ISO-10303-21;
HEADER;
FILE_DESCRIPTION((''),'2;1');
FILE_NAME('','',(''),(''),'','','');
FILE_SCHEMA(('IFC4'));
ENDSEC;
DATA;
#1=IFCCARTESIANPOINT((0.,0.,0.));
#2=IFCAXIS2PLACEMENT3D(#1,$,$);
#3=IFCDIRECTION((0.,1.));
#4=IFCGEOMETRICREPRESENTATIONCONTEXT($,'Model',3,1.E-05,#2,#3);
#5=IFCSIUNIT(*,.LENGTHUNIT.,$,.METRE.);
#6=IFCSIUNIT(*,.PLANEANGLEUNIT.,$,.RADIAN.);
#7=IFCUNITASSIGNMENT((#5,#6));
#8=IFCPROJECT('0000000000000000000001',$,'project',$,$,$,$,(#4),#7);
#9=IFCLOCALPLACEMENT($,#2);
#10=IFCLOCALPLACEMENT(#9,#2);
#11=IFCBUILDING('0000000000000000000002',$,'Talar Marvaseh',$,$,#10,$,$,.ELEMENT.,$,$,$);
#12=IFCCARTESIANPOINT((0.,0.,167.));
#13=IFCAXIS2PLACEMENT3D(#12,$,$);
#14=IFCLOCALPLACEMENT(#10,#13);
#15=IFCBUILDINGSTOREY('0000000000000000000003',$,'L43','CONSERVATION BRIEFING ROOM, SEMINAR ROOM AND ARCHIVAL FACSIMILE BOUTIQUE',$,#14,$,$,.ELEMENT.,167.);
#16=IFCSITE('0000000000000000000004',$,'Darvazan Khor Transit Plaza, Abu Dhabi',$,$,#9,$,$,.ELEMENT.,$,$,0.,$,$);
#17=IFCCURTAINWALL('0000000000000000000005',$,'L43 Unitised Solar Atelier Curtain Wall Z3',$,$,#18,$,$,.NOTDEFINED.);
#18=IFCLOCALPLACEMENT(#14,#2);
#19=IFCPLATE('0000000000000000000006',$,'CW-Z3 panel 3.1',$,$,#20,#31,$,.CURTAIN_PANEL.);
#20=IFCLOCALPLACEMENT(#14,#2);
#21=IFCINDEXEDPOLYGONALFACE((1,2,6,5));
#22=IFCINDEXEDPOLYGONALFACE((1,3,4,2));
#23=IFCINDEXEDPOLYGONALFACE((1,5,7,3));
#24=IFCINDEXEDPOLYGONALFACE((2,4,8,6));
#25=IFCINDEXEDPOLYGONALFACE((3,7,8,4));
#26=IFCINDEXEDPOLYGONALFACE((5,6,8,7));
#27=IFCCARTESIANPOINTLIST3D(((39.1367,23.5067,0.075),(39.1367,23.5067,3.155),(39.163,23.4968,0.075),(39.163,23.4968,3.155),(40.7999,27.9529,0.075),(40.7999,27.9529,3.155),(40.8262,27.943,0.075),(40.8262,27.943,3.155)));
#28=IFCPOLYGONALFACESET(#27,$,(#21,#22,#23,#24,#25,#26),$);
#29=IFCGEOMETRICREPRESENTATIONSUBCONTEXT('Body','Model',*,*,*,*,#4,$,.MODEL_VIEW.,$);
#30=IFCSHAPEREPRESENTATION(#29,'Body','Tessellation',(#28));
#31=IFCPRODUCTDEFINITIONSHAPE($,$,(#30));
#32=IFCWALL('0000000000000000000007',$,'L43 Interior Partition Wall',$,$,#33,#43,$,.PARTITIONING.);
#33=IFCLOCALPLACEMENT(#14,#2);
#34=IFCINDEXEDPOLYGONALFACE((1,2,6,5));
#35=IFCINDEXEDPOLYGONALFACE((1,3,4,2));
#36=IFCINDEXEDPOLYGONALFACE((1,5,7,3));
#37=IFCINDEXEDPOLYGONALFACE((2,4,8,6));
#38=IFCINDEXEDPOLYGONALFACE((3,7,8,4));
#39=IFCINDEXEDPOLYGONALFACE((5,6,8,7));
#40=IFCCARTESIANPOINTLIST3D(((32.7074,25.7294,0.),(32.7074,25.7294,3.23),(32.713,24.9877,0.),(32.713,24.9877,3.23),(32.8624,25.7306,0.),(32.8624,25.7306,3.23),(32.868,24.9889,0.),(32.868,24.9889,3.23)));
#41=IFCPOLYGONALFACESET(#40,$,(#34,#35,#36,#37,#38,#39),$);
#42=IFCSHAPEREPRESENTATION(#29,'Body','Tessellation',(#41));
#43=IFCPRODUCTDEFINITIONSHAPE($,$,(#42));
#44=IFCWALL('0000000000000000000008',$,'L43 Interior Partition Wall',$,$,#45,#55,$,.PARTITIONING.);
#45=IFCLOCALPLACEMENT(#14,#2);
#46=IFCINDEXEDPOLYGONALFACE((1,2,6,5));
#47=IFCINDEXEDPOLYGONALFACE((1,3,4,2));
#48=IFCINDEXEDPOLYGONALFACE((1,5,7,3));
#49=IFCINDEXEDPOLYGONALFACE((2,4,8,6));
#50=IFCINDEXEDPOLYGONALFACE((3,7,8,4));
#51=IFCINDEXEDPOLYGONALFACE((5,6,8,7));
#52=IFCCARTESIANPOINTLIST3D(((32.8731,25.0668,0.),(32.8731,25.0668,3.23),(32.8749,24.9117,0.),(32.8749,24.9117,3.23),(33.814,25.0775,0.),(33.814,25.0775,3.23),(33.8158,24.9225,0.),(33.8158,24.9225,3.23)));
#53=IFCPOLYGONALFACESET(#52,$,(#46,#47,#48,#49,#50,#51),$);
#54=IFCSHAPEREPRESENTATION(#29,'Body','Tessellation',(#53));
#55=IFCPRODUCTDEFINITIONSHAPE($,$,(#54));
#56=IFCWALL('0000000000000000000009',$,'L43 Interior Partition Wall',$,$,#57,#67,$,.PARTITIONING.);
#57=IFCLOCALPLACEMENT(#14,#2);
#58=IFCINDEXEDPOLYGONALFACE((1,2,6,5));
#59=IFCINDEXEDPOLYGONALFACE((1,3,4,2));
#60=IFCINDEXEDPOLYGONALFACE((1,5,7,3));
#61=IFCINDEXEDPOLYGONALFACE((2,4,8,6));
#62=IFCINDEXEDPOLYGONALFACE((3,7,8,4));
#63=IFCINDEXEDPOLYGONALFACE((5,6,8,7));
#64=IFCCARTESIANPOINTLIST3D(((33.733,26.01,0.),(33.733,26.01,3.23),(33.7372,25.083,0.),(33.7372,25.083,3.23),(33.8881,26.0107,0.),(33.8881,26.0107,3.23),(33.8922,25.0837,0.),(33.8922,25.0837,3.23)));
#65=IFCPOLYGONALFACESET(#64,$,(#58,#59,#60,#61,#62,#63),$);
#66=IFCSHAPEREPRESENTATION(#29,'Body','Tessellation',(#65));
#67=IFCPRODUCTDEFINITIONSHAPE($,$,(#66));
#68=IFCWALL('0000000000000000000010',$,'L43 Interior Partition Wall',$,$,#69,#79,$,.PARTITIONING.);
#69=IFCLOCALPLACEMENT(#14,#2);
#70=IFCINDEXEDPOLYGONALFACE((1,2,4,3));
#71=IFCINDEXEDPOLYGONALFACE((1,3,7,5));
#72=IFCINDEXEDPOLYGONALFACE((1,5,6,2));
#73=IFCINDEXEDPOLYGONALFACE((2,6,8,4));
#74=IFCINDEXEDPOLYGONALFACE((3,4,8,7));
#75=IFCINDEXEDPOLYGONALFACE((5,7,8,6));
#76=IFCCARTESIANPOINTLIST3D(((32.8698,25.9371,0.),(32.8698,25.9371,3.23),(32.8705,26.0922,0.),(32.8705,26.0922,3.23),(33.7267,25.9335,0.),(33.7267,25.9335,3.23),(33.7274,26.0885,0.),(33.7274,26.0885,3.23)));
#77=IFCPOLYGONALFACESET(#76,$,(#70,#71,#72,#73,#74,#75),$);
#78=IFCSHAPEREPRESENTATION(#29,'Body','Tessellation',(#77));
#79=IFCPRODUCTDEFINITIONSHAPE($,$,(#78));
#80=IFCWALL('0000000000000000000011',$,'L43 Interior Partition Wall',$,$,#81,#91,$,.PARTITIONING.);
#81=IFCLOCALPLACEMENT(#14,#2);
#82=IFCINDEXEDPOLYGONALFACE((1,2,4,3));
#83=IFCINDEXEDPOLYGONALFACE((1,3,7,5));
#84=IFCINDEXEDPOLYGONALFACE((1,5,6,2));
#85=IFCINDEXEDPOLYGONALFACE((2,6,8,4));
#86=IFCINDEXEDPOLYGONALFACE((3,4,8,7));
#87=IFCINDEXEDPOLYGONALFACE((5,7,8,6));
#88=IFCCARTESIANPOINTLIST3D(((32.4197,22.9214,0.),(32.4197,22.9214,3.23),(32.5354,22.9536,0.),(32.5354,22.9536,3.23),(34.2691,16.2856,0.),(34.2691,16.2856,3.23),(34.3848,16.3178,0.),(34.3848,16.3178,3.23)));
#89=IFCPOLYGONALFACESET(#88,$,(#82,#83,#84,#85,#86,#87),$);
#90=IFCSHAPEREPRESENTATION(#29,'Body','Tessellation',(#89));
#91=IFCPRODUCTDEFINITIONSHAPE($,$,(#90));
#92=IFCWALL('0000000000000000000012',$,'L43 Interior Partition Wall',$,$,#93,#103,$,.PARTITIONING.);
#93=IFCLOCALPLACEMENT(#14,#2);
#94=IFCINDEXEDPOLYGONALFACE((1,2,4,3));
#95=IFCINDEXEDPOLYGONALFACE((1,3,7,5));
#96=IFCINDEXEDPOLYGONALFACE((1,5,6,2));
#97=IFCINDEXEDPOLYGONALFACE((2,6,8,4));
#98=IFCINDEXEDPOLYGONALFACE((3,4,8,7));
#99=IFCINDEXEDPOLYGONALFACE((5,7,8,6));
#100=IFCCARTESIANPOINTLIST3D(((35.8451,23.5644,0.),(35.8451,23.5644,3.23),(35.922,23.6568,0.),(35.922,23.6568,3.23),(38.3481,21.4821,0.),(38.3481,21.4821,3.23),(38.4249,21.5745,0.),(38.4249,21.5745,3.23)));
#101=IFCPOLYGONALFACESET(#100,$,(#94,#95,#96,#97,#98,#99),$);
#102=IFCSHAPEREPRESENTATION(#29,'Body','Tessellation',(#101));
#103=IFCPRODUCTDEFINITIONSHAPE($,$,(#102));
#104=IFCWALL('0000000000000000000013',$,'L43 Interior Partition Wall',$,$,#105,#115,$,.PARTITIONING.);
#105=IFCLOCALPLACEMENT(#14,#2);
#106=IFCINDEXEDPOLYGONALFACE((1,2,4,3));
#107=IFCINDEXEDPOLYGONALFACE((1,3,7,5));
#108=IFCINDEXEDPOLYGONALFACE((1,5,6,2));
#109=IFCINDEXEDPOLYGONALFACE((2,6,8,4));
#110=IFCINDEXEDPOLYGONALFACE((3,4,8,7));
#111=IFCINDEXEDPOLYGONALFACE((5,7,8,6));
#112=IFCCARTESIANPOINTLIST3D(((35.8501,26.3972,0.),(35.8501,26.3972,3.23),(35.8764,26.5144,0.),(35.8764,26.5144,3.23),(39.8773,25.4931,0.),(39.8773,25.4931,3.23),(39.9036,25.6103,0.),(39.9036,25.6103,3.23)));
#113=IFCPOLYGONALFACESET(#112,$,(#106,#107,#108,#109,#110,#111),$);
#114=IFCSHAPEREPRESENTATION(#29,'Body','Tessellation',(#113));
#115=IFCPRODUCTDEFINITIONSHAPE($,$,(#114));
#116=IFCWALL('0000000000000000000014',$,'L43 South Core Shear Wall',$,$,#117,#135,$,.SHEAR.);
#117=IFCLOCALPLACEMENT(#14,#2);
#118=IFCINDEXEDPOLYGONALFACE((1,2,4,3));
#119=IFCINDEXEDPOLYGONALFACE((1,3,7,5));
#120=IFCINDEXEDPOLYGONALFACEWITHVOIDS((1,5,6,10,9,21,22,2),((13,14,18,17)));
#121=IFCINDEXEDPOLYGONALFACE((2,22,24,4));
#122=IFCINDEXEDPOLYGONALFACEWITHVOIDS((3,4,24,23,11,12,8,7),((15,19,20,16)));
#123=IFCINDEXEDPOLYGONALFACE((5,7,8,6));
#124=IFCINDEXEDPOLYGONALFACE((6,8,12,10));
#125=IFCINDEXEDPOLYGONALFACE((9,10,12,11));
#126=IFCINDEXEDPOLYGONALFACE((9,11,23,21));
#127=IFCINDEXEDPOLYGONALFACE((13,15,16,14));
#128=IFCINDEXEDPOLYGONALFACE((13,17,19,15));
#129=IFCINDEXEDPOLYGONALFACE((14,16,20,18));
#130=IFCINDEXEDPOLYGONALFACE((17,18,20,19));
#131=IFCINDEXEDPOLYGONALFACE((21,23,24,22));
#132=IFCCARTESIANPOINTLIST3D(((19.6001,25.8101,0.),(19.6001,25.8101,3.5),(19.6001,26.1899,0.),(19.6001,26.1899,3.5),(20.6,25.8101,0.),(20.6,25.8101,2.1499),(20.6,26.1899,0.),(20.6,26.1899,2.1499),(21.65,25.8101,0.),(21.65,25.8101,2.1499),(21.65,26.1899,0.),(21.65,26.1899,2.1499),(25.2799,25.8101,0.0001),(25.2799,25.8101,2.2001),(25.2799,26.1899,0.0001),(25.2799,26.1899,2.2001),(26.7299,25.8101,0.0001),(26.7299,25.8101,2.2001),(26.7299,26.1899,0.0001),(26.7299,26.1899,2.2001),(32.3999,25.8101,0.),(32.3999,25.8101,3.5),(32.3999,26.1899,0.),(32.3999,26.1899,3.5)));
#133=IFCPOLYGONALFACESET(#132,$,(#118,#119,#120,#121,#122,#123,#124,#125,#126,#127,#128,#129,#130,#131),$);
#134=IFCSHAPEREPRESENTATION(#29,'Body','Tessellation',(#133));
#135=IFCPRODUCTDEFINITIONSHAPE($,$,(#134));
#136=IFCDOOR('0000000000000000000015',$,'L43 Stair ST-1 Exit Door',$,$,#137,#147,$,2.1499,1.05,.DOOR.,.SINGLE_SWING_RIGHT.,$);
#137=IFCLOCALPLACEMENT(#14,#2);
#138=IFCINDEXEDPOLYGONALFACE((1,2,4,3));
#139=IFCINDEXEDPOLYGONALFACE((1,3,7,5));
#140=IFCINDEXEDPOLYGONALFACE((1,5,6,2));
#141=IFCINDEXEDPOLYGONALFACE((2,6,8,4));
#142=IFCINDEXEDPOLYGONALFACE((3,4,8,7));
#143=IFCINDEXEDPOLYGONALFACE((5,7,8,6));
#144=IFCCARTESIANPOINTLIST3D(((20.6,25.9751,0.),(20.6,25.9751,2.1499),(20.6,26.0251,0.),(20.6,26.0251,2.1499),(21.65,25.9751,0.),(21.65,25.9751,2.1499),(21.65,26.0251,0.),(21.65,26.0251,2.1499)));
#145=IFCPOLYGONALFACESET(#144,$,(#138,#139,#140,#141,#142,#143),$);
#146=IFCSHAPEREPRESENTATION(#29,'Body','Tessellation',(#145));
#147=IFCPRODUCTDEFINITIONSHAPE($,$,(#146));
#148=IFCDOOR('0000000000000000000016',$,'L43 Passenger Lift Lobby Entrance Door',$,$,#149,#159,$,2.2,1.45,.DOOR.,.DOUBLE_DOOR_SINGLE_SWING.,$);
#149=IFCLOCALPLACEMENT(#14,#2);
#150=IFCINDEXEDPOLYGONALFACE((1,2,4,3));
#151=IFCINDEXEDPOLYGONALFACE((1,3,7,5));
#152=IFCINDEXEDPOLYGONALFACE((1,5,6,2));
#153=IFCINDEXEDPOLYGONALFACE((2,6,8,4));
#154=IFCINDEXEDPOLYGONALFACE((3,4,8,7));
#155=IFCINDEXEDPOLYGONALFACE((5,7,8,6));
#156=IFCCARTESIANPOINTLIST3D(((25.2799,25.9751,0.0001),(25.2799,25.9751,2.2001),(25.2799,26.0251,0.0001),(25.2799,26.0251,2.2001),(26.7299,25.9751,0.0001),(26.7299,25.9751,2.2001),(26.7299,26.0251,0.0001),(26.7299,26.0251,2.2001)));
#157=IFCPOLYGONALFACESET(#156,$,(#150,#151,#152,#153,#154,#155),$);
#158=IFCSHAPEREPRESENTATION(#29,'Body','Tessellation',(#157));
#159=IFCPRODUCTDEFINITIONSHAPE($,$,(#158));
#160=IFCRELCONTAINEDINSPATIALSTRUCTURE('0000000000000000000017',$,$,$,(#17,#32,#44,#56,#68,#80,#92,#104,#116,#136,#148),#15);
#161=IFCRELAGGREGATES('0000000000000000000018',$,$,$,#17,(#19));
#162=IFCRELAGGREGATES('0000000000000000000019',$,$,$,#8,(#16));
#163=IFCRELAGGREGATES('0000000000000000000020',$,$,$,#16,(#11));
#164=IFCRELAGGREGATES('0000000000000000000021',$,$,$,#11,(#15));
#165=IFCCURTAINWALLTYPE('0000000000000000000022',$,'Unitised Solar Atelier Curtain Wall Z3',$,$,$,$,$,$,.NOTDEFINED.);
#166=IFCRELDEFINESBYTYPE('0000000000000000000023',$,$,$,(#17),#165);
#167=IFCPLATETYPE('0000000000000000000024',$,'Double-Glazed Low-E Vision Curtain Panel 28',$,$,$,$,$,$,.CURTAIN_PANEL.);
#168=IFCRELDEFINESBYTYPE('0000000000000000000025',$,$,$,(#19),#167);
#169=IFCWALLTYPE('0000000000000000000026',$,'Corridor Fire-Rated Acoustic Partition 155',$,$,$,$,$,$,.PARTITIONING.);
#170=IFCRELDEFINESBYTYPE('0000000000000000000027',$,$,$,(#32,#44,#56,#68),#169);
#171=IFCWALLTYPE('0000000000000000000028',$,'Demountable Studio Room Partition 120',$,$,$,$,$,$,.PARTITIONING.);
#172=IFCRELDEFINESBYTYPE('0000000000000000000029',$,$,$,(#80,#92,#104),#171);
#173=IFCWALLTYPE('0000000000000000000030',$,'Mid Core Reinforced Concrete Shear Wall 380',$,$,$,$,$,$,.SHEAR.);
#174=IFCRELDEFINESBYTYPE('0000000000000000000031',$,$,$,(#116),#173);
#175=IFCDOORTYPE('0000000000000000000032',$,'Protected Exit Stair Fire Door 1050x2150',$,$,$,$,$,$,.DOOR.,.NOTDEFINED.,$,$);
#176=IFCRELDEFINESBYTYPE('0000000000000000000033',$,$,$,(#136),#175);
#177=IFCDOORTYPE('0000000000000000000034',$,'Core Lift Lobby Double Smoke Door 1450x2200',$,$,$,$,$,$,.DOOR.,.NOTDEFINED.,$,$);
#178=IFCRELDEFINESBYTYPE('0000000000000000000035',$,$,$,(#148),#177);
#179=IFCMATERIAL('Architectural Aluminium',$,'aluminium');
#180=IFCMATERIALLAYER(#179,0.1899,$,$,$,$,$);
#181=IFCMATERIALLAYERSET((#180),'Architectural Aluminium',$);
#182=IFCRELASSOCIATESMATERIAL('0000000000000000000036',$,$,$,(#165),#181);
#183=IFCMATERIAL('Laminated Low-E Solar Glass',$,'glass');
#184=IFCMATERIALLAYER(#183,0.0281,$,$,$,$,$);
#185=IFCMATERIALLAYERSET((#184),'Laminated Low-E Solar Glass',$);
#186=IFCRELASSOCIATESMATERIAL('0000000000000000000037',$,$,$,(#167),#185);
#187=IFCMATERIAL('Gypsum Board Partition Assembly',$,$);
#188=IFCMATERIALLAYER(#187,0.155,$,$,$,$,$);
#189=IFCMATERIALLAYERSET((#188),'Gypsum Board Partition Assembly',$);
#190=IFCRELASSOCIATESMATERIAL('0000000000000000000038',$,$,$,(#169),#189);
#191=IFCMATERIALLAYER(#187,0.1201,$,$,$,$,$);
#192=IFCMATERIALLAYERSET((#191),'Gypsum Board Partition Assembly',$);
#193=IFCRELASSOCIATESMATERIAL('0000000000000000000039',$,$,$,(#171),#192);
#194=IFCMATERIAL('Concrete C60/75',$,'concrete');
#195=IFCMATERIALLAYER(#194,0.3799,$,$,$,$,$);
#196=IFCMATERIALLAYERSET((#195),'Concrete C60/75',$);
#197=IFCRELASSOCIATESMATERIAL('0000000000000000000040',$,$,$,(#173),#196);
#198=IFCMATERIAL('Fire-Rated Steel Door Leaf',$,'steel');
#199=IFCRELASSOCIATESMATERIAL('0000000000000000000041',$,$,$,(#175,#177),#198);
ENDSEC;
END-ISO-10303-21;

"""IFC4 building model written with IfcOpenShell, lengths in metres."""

from ifc_helpers import new_model, si_unit, direction, frame, frame_2d, origin, origin_2d, place, context, subcontext, project, spatial, rectangle, extrude, source, transform, mapped, material, layer, layer_set, type_object, type_shapes, element, fill, aggregate, save


model = new_model("IFC4")

# Units and contexts
model_context = context("Model", 3, precision=1e-05, world=origin(), true_north=direction((0.0, 1.0)))
body_context = subcontext(model_context, "Body", "Model", "MODEL_VIEW")
ifc_project = project(units=[si_unit("LENGTHUNIT", "METRE"), si_unit("PLANEANGLEUNIT", "RADIAN")], contexts=[model_context])

# Site, building, storey
site_placement = place(None, origin())
site = spatial("IfcSite", under=ifc_project, at=site_placement, Name="Darvazan Khor Transit Plaza, Abu Dhabi", CompositionType="ELEMENT", RefElevation=0.0)
building_placement = place(site_placement, origin())
building = spatial("IfcBuilding", under=site, at=building_placement, Name="Talar Marvaseh", CompositionType="ELEMENT")
storey_placement = place(building_placement, frame((0.0, 0.0, 167.0)))
storey = spatial("IfcBuildingStorey", under=building, at=storey_placement, Name="L43", Description="CONSERVATION BRIEFING ROOM, SEMINAR ROOM AND ARCHIVAL FACSIMILE BOUTIQUE", CompositionType="ELEMENT", Elevation=167.0)

# Shared definitions
ifc_material_1 = material(Name="Concrete C60/75", Category="concrete")

# Curtain wall, plate
ifc_material_2 = material(Name="Architectural Aluminium", Category="aluminium")
ifc_layer_1 = layer(ifc_material_2, 0.1899)
ifc_layer_set_1 = layer_set([ifc_layer_1], Name="Architectural Aluminium")
curtain_wall_type = type_object("IfcCurtainWallType", Name="Unitised Solar Atelier Curtain Wall Z3", PredefinedType="NOTDEFINED", material=ifc_layer_set_1)
curtain_wall_placement = place(storey_placement, origin())
curtain_wall = element("IfcCurtainWall", 1, at=curtain_wall_placement, inside=storey, type_object=curtain_wall_type, Name="L43 Unitised Solar Atelier Curtain Wall Z3", PredefinedType="NOTDEFINED")
ifc_material_3 = material(Name="Laminated Low-E Solar Glass", Category="glass")
ifc_layer_2 = layer(ifc_material_3, 0.0281)
ifc_layer_set_2 = layer_set([ifc_layer_2], Name="Laminated Low-E Solar Glass")
plate_type = type_object("IfcPlateType", Name="Double-Glazed Low-E Vision Curtain Panel 28", PredefinedType="CURTAIN_PANEL", material=ifc_layer_set_2)
shared_shape_1 = source(origin(), body_context, "Body", "SweptSolid", [
    extrude(rectangle(XDim=4.7471, YDim=0.0281, at=origin_2d()), origin(), (0.0, 0.0, 1.0), 3.0801),
])
plate_1_placement = place(storey_placement, frame((39.9814, 25.7249, 0.075), z_axis=(0.0, 0.0, 1.0), x_axis=(-0.350355, -0.936617, 0.0)))
plate_1 = element("IfcPlate", 2, at=plate_1_placement, type_object=plate_type, Name="CW-Z3 panel 3.1", PredefinedType="CURTAIN_PANEL", context=body_context, shape_type="MappedRepresentation", body=[
    mapped(shared_shape_1, transform((0.0, 0.0, 0.0), x_axis=(1.0, 0.0, 0.0), y_axis=(0.0, 1.0, 0.0), z_axis=(0.0, 0.0, 1.0), scale=1.0)),
])
aggregate(curtain_wall, [plate_1])

# Shared definitions
ifc_material_4 = material(Name="Gypsum Board Partition Assembly")
ifc_layer_3 = layer(ifc_material_4, 0.155)
ifc_layer_set_3 = layer_set([ifc_layer_3], Name="Gypsum Board Partition Assembly")
wall_type_1 = type_object("IfcWallType", Name="Corridor Fire-Rated Acoustic Partition 155", PredefinedType="PARTITIONING", material=ifc_layer_set_3)

# Walls
wall_1_placement = place(storey_placement, frame((32.7849, 25.73, 0.0), z_axis=(0.0, 0.0, 1.0), x_axis=(0.007571, -0.999971, 0.0)))
element("IfcWall", 3, at=wall_1_placement, inside=storey, type_object=wall_type_1, Name="L43 Interior Partition Wall", PredefinedType="PARTITIONING", context=body_context, shape_type="SweptSolid", body=[
    extrude(rectangle(XDim=0.7417, YDim=0.155, at=frame_2d((0.3708, 0.0))), origin(), (0.0, 0.0, 1.0), 3.23),
])
wall_2_placement = place(storey_placement, frame((32.874, 24.9893, 0.0), z_axis=(0.0, 0.0, 1.0), x_axis=(0.999935, 0.011416, 0.0)))
element("IfcWall", 4, at=wall_2_placement, inside=storey, type_object=wall_type_1, Name="L43 Interior Partition Wall", PredefinedType="PARTITIONING", context=body_context, shape_type="SweptSolid", body=[
    extrude(rectangle(XDim=0.9409, YDim=0.155, at=frame_2d((0.4705, 0.0))), origin(), (0.0, 0.0, 1.0), 3.23),
])
wall_3_placement = place(storey_placement, frame((33.8147, 25.0835, 0.0), z_axis=(0.0, 0.0, 1.0), x_axis=(-0.004477, 0.99999, 0.0)))
element("IfcWall", 5, at=wall_3_placement, inside=storey, type_object=wall_type_1, Name="L43 Interior Partition Wall", PredefinedType="PARTITIONING", context=body_context, shape_type="SweptSolid", body=[
    extrude(rectangle(XDim=0.927, YDim=0.155, at=frame_2d((0.4634, 0.0))), origin(), (0.0, 0.0, 1.0), 3.23),
])
wall_4_placement = place(storey_placement, frame((33.7271, 26.011, 0.0), z_axis=(0.0, 0.0, 1.0), x_axis=(-0.999991, 0.004273, 0.0)))
element("IfcWall", 6, at=wall_4_placement, inside=storey, type_object=wall_type_1, Name="L43 Interior Partition Wall", PredefinedType="PARTITIONING", context=body_context, shape_type="SweptSolid", body=[
    extrude(rectangle(XDim=0.8569, YDim=0.155, at=frame_2d((0.4285, 0.0))), origin(), (0.0, 0.0, 1.0), 3.23),
])
ifc_layer_4 = layer(ifc_material_4, 0.1201)
ifc_layer_set_4 = layer_set([ifc_layer_4], Name="Gypsum Board Partition Assembly")
wall_type_2 = type_object("IfcWallType", Name="Demountable Studio Room Partition 120", PredefinedType="PARTITIONING", material=ifc_layer_set_4)
wall_5_placement = place(storey_placement, frame((32.4775, 22.9375, 0.0), z_axis=(0.0, 0.0, 1.0), x_axis=(0.268466, -0.963289, 0.0)))
element("IfcWall", 7, at=wall_5_placement, inside=storey, type_object=wall_type_2, Name="L43 Interior Partition Wall", PredefinedType="PARTITIONING", context=body_context, shape_type="SweptSolid", body=[
    extrude(rectangle(XDim=6.8887, YDim=0.1201, at=frame_2d((3.4443, 0.0))), origin(), (0.0, 0.0, 1.0), 3.23),
])
wall_6_placement = place(storey_placement, frame((35.8835, 23.6106, 0.0), z_axis=(0.0, 0.0, 1.0), x_axis=(0.76875, -0.63955, 0.0)))
element("IfcWall", 8, at=wall_6_placement, inside=storey, type_object=wall_type_2, Name="L43 Interior Partition Wall", PredefinedType="PARTITIONING", context=body_context, shape_type="SweptSolid", body=[
    extrude(rectangle(XDim=3.2559, YDim=0.1201, at=frame_2d((1.6279, 0.0))), origin(), (0.0, 0.0, 1.0), 3.23),
])
wall_7_placement = place(storey_placement, frame((35.8633, 26.4558, 0.0), z_axis=(0.0, 0.0, 1.0), x_axis=(0.975716, -0.219041, 0.0)))
element("IfcWall", 9, at=wall_7_placement, inside=storey, type_object=wall_type_2, Name="L43 Interior Partition Wall", PredefinedType="PARTITIONING", context=body_context, shape_type="SweptSolid", body=[
    extrude(rectangle(XDim=4.1274, YDim=0.1201, at=frame_2d((2.0637, 0.0))), origin(), (0.0, 0.0, 1.0), 3.23),
])

# Wall, openings, doors
ifc_layer_5 = layer(ifc_material_1, 0.3799)
ifc_layer_set_5 = layer_set([ifc_layer_5], Name="Concrete C60/75")
wall_type_3 = type_object("IfcWallType", Name="Mid Core Reinforced Concrete Shear Wall 380", PredefinedType="SHEAR", material=ifc_layer_set_5)
wall_8_placement = place(storey_placement, frame((32.3999, 26.0, 0.0), z_axis=(0.0, 0.0, 1.0), x_axis=(-1.0, 0.0, 0.0)))
wall_8 = element("IfcWall", 10, at=wall_8_placement, inside=storey, type_object=wall_type_3, Name="L43 South Core Shear Wall", PredefinedType="SHEAR", context=body_context, shape_type="SweptSolid", body=[
    extrude(rectangle(XDim=12.7998, YDim=0.3799, at=frame_2d((6.3999, 0.0))), origin(), (0.0, 0.0, 1.0), 3.5),
])
opening_1_placement = place(wall_8_placement, frame((10.75, 0.0, 0.0)))
opening_1 = element("IfcOpeningElement", 11, at=opening_1_placement, cuts=wall_8, PredefinedType="OPENING", context=body_context, shape_type="SweptSolid", body=[
    extrude(rectangle(XDim=1.05, YDim=2.1499, at=frame_2d((0.5249, 1.075))), frame((0.0, 0.2, 0.0), z_axis=(0.0, -1.0, 0.0), x_axis=(1.0, 0.0, 0.0)), (0.0, 0.0, 1.0), 0.3999),
])
opening_2_placement = place(wall_8_placement, frame((5.6699, 0.0, 0.0)))
opening_2 = element("IfcOpeningElement", 12, at=opening_2_placement, cuts=wall_8, PredefinedType="OPENING", context=body_context, shape_type="SweptSolid", body=[
    extrude(rectangle(XDim=1.45, YDim=2.2, at=frame_2d((0.7251, 1.1001))), frame((0.0, 0.2, 0.0), z_axis=(0.0, -1.0, 0.0), x_axis=(1.0, 0.0, 0.0)), (0.0, 0.0, 1.0), 0.3999),
])
ifc_material_5 = material(Name="Fire-Rated Steel Door Leaf", Category="steel")
door_type_1 = type_object("IfcDoorType", Name="Protected Exit Stair Fire Door 1050x2150", OperationType="NOTDEFINED", PredefinedType="DOOR", material=ifc_material_5)
shared_shape_2 = source(origin(), body_context, "Body", "SweptSolid", [
    extrude(rectangle(XDim=1.05, YDim=2.1499, at=frame_2d((0.5249, 1.075))), frame((0.0, 0.0249, 0.0), z_axis=(0.0, -1.0, 0.0), x_axis=(1.0, 0.0, 0.0)), (0.0, 0.0, 1.0), 0.05),
])
type_shapes(door_type_1, [shared_shape_2])
door_1_placement = place(opening_1_placement, origin())
door_1 = element("IfcDoor", 13, at=door_1_placement, inside=storey, type_object=door_type_1, Name="L43 Stair ST-1 Exit Door", OperationType="SINGLE_SWING_RIGHT", OverallHeight=2.1499, OverallWidth=1.05, PredefinedType="DOOR", context=body_context, shape_type="MappedRepresentation", body=[
    mapped(shared_shape_2, transform((0.0, 0.0, 0.0), x_axis=(1.0, 0.0, 0.0), y_axis=(0.0, 1.0, 0.0), z_axis=(0.0, 0.0, 1.0), scale=1.0)),
])
fill(opening_1, door_1)
door_type_2 = type_object("IfcDoorType", Name="Core Lift Lobby Double Smoke Door 1450x2200", OperationType="NOTDEFINED", PredefinedType="DOOR", material=ifc_material_5)
shared_shape_3 = source(origin(), body_context, "Body", "SweptSolid", [
    extrude(rectangle(XDim=1.45, YDim=2.2, at=frame_2d((0.7251, 1.1001))), frame((0.0, 0.0249, 0.0), z_axis=(0.0, -1.0, 0.0), x_axis=(1.0, 0.0, 0.0)), (0.0, 0.0, 1.0), 0.05),
])
type_shapes(door_type_2, [shared_shape_3])
door_2_placement = place(opening_2_placement, origin())
door_2 = element("IfcDoor", 14, at=door_2_placement, inside=storey, type_object=door_type_2, Name="L43 Passenger Lift Lobby Entrance Door", OperationType="DOUBLE_DOOR_SINGLE_SWING", OverallHeight=2.2, OverallWidth=1.45, PredefinedType="DOOR", context=body_context, shape_type="MappedRepresentation", body=[
    mapped(shared_shape_3, transform((0.0, 0.0, 0.0), x_axis=(1.0, 0.0, 0.0), y_axis=(0.0, 1.0, 0.0), z_axis=(0.0, 0.0, 1.0), scale=1.0)),
])
fill(opening_2, door_2)

save(model, "model.ifc")
